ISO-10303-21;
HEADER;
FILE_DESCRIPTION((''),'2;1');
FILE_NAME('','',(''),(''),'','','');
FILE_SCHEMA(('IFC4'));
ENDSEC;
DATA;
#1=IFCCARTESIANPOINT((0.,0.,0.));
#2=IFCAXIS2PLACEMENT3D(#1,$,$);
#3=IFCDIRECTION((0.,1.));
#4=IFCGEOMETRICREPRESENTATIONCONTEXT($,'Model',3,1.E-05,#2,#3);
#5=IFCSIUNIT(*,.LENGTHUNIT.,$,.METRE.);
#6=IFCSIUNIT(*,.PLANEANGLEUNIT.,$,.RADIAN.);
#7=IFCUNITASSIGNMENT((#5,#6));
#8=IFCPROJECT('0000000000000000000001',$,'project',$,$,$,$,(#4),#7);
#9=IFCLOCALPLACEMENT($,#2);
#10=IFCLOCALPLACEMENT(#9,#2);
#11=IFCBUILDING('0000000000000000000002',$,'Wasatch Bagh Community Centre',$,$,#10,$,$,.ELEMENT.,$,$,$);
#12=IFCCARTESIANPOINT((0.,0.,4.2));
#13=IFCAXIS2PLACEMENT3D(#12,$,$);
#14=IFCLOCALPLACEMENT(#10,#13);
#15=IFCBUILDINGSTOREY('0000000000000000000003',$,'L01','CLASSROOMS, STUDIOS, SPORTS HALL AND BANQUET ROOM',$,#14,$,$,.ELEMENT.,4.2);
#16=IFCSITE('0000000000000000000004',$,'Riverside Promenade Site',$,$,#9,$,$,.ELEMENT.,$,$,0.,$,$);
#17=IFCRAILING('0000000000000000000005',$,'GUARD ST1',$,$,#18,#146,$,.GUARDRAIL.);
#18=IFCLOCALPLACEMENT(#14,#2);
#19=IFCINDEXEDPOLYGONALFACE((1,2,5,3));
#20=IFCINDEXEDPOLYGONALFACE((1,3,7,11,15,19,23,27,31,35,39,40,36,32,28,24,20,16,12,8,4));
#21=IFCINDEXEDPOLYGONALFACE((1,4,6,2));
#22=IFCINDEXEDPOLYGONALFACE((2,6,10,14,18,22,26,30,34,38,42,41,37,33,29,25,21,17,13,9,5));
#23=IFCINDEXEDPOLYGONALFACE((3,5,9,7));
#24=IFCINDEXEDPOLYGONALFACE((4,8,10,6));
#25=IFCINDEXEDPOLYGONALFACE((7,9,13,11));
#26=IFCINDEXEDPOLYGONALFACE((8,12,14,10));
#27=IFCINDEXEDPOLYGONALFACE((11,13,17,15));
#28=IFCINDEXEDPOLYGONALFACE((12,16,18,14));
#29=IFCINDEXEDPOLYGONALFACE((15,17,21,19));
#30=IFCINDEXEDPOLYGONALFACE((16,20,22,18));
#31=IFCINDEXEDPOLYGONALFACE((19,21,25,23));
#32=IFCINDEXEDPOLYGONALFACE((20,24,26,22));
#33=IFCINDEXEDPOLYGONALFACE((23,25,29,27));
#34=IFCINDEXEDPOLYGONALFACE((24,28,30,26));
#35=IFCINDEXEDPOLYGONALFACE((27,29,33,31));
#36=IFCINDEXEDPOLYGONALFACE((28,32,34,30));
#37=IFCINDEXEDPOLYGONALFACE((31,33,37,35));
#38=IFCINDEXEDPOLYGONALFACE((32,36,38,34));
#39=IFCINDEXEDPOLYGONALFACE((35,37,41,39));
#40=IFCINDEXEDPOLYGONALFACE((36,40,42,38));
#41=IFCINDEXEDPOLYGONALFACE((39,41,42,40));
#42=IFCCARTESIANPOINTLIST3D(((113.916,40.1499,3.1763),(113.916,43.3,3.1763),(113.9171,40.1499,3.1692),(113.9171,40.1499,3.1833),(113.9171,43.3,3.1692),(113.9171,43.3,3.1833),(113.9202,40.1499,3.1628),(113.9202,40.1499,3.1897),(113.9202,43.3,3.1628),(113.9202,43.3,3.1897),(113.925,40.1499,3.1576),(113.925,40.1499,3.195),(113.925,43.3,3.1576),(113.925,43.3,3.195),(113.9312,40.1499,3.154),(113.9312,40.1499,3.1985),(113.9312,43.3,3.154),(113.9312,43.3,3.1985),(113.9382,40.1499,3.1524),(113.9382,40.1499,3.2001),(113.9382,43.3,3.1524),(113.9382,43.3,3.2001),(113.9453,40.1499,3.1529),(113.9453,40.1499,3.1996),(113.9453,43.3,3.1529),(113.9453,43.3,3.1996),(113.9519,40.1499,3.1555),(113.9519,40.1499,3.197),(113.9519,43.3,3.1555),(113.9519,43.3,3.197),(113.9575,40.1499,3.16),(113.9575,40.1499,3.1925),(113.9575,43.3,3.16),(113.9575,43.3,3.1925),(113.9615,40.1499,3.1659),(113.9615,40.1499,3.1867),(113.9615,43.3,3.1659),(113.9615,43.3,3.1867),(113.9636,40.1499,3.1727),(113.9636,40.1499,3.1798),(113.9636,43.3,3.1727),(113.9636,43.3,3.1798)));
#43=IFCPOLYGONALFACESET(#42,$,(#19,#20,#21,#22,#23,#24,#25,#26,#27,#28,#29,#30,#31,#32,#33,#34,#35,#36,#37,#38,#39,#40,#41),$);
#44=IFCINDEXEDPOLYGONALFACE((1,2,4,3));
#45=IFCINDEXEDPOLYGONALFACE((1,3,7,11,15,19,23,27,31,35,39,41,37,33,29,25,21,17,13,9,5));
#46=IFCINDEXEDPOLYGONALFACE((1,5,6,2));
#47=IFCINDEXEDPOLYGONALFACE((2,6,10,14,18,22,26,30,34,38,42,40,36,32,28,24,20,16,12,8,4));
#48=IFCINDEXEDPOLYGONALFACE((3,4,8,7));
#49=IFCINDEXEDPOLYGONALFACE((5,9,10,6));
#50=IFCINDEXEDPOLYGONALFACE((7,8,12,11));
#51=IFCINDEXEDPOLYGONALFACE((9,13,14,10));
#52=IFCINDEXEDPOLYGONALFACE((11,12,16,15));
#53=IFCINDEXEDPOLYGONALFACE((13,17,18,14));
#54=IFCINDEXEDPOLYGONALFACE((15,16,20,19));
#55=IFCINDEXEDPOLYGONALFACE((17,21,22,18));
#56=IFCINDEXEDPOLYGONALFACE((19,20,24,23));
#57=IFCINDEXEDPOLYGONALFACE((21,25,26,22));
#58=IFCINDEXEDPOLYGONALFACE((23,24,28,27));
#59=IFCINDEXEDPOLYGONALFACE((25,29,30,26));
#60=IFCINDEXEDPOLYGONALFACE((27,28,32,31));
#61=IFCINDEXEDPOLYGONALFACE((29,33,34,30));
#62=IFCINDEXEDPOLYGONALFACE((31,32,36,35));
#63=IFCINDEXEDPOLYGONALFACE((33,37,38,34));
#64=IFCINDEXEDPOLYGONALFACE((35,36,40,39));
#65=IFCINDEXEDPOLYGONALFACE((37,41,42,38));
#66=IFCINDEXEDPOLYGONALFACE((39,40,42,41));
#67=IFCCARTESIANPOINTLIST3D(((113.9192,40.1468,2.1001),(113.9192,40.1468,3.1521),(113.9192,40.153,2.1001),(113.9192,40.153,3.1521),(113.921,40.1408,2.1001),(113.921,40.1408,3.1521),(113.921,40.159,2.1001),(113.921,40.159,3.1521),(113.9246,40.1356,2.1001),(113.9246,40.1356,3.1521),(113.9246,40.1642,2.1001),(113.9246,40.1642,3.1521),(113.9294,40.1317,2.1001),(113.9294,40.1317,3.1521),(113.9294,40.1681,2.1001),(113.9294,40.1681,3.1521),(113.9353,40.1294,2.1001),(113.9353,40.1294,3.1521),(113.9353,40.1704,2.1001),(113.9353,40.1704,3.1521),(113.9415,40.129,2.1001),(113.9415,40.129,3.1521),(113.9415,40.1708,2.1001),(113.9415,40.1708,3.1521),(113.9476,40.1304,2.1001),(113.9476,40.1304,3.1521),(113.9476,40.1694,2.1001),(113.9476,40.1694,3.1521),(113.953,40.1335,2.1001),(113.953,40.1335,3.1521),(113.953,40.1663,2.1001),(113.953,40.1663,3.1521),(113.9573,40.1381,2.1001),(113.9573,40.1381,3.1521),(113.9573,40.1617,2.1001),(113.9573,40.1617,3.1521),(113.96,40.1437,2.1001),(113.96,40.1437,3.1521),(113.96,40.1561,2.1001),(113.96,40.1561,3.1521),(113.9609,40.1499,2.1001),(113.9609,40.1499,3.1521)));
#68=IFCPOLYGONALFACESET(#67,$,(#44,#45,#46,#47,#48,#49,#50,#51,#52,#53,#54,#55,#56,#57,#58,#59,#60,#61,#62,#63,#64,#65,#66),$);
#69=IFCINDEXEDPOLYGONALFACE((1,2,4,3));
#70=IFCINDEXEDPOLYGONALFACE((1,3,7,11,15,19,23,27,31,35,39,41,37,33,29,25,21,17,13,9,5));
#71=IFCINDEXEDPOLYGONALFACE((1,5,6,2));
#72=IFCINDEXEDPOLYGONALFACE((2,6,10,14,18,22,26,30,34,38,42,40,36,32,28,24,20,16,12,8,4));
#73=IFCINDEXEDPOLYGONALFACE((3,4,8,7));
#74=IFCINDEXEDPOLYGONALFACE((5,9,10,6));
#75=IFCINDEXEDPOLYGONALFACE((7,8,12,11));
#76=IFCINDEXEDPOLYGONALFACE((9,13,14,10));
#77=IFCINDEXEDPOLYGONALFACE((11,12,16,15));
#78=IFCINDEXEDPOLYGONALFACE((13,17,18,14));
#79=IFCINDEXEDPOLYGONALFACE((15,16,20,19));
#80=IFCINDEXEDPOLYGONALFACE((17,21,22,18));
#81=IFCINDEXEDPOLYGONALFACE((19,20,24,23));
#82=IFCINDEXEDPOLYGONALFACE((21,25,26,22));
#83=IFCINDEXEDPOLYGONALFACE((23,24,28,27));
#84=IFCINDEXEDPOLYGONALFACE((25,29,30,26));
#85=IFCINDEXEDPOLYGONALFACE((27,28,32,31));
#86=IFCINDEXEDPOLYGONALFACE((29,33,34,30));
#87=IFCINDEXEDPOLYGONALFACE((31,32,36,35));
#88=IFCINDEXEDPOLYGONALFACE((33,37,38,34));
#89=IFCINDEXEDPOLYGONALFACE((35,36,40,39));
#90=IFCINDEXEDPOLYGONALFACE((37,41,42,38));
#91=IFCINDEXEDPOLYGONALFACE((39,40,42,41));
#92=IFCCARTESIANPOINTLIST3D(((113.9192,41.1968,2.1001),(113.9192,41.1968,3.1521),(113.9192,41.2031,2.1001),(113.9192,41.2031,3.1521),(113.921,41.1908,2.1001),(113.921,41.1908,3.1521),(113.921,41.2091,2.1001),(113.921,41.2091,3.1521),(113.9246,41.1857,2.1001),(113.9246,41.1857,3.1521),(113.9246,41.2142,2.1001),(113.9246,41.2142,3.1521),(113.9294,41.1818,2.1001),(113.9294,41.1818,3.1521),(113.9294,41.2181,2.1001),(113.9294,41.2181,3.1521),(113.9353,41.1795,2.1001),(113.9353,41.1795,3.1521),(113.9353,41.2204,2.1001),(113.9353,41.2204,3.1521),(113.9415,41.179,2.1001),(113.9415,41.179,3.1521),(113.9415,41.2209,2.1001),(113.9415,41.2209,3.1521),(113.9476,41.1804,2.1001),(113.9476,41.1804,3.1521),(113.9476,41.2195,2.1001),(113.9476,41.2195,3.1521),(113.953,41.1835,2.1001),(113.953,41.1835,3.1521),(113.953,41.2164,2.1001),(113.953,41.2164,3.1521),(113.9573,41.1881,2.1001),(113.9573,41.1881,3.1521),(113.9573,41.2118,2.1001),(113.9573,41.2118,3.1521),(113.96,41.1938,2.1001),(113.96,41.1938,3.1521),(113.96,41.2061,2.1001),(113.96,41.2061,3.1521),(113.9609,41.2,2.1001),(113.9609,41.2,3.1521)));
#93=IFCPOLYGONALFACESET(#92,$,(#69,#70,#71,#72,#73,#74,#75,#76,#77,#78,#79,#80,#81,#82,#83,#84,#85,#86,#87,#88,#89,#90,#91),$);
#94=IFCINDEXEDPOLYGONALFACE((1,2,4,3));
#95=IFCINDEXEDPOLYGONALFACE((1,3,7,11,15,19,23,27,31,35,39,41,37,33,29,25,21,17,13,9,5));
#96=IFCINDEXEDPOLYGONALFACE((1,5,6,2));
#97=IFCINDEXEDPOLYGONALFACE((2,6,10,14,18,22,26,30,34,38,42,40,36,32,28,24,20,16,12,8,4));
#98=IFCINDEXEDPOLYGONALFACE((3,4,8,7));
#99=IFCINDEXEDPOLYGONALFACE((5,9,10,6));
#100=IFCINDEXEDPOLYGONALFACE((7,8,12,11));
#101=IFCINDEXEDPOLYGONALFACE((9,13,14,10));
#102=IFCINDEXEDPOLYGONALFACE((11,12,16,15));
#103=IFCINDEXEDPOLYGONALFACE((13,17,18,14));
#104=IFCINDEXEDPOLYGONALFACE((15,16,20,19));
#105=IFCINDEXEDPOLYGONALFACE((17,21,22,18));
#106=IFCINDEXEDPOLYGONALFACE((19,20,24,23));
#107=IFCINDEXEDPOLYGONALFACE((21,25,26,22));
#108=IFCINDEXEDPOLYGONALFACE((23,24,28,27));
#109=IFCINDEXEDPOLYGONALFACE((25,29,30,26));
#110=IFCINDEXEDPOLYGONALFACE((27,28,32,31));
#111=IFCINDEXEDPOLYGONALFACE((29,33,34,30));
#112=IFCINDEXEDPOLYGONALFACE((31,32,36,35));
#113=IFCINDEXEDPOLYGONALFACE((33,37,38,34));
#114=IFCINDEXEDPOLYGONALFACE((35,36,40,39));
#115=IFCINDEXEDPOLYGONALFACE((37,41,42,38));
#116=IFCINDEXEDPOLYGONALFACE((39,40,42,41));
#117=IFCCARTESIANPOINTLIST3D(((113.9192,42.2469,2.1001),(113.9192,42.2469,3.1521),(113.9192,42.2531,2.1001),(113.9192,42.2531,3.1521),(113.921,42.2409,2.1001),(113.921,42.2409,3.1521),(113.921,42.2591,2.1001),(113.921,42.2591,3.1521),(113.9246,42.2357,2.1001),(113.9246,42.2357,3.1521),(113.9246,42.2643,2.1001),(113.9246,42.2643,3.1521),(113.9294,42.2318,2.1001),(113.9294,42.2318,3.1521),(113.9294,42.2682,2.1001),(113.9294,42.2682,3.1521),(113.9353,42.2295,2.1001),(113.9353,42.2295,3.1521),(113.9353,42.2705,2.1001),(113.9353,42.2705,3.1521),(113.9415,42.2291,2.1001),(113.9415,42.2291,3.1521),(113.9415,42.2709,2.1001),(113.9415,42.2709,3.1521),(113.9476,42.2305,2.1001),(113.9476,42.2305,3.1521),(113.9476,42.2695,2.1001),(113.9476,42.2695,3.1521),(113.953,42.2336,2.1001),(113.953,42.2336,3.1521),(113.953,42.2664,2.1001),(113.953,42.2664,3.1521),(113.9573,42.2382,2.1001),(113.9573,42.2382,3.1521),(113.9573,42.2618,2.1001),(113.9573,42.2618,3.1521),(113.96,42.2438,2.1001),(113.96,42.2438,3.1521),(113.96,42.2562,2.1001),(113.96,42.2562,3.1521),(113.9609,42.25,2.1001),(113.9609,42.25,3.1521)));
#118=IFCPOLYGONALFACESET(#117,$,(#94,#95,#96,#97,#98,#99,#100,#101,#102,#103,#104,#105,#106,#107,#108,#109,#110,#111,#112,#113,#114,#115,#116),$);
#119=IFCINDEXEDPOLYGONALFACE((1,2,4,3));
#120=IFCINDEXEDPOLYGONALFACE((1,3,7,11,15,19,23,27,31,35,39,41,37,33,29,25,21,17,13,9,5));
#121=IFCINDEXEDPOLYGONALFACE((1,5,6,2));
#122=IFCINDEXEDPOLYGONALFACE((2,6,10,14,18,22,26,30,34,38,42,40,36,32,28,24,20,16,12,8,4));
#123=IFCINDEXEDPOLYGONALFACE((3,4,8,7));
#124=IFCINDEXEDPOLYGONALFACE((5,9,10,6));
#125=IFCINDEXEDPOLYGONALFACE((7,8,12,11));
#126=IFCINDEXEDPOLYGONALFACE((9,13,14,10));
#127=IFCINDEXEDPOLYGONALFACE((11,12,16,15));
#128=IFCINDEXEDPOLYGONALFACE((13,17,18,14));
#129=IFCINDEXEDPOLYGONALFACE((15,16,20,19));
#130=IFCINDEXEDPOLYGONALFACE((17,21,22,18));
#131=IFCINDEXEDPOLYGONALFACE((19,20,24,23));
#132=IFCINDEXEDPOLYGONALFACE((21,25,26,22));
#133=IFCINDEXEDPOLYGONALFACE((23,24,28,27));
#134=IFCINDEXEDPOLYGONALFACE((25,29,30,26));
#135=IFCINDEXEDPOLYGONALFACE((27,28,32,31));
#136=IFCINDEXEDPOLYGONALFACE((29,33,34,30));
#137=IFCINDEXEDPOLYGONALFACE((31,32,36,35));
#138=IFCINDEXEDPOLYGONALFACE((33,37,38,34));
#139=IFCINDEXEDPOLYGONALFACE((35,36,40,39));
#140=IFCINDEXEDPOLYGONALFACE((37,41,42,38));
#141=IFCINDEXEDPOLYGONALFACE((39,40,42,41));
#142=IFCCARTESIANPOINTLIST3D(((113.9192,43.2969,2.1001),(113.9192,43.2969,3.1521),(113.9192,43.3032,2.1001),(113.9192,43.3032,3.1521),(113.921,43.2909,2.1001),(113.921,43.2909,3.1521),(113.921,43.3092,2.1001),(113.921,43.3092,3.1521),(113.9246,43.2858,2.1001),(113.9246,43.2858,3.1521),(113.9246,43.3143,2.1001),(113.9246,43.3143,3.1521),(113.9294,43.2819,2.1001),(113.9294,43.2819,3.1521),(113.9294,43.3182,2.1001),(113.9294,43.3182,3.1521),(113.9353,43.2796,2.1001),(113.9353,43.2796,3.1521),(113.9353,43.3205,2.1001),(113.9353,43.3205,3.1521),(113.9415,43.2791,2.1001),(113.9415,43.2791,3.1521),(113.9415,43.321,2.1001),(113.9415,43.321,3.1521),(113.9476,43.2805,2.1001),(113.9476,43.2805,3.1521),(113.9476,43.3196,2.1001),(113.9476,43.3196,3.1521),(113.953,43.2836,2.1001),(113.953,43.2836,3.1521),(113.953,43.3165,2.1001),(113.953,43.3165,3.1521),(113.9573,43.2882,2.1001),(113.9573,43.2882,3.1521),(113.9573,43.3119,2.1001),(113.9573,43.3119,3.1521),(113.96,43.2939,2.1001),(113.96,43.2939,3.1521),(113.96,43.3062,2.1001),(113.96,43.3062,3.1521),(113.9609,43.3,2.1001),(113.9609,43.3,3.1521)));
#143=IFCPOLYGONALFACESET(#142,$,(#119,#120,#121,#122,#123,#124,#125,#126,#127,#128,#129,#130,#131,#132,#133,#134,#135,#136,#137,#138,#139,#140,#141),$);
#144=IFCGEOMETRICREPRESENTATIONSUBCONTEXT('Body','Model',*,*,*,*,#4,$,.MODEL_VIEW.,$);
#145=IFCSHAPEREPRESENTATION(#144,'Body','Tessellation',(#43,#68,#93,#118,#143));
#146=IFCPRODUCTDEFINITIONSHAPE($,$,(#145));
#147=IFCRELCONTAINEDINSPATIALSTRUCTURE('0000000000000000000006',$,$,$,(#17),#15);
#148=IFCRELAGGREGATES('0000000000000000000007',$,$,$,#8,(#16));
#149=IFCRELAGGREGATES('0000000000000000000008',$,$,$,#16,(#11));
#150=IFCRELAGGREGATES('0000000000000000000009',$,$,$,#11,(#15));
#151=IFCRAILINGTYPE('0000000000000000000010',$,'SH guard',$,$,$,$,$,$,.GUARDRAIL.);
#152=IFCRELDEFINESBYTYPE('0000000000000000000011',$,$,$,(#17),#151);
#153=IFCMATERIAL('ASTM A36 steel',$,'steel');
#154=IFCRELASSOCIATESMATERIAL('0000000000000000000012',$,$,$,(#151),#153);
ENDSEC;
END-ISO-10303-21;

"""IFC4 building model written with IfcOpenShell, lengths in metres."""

from ifc_helpers import new_model, si_unit, direction, frame, origin, origin_2d, place, context, subcontext, project, spatial, circle, extrude, material, type_object, element, save


model = new_model("IFC4")

# Units and contexts
model_context = context("Model", 3, precision=1e-05, world=origin(), true_north=direction((0.0, 1.0)))
body_context = subcontext(model_context, "Body", "Model", "MODEL_VIEW")
ifc_project = project(units=[si_unit("LENGTHUNIT", "METRE"), si_unit("PLANEANGLEUNIT", "RADIAN")], contexts=[model_context])

# Site, building, storey
site_placement = place(None, origin())
site = spatial("IfcSite", under=ifc_project, at=site_placement, Name="Riverside Promenade Site", CompositionType="ELEMENT", RefElevation=0.0)
building_placement = place(site_placement, origin())
building = spatial("IfcBuilding", under=site, at=building_placement, Name="Wasatch Bagh Community Centre", CompositionType="ELEMENT")
storey_placement = place(building_placement, frame((0.0, 0.0, 4.2)))
storey = spatial("IfcBuildingStorey", under=building, at=storey_placement, Name="L01", Description="CLASSROOMS, STUDIOS, SPORTS HALL AND BANQUET ROOM", CompositionType="ELEMENT", Elevation=4.2)

# Railing
ifc_material_1 = material(Name="ASTM A36 steel", Category="steel")
railing_type_1 = type_object("IfcRailingType", Name="SH guard", PredefinedType="GUARDRAIL", material=ifc_material_1)
railing_1_placement = place(storey_placement, frame((113.9399, 40.1499, 2.1001)))
element("IfcRailing", 1, at=railing_1_placement, inside=storey, type_object=railing_type_1, Name="GUARD ST1", PredefinedType="GUARDRAIL", context=body_context, shape_type="SweptSolid", body=[
    extrude(circle(Radius=0.0239, at=origin_2d()), frame((0.0, 0.0, 1.0762), z_axis=(0.0, 1.0, 0.0), x_axis=(-1.0, 0.0, 0.0)), (0.0, 0.0, 1.0), 3.1501),
    extrude(circle(Radius=0.021, at=origin_2d()), origin(), (0.0, 0.0, 1.0), 1.052),
    extrude(circle(Radius=0.021, at=origin_2d()), frame((0.0, 1.05, 0.0)), (0.0, 0.0, 1.0), 1.052),
    extrude(circle(Radius=0.021, at=origin_2d()), frame((0.0, 2.1001, 0.0)), (0.0, 0.0, 1.0), 1.052),
    extrude(circle(Radius=0.021, at=origin_2d()), frame((0.0, 3.1501, 0.0)), (0.0, 0.0, 1.0), 1.052),
])

save(model, "model.ifc")
